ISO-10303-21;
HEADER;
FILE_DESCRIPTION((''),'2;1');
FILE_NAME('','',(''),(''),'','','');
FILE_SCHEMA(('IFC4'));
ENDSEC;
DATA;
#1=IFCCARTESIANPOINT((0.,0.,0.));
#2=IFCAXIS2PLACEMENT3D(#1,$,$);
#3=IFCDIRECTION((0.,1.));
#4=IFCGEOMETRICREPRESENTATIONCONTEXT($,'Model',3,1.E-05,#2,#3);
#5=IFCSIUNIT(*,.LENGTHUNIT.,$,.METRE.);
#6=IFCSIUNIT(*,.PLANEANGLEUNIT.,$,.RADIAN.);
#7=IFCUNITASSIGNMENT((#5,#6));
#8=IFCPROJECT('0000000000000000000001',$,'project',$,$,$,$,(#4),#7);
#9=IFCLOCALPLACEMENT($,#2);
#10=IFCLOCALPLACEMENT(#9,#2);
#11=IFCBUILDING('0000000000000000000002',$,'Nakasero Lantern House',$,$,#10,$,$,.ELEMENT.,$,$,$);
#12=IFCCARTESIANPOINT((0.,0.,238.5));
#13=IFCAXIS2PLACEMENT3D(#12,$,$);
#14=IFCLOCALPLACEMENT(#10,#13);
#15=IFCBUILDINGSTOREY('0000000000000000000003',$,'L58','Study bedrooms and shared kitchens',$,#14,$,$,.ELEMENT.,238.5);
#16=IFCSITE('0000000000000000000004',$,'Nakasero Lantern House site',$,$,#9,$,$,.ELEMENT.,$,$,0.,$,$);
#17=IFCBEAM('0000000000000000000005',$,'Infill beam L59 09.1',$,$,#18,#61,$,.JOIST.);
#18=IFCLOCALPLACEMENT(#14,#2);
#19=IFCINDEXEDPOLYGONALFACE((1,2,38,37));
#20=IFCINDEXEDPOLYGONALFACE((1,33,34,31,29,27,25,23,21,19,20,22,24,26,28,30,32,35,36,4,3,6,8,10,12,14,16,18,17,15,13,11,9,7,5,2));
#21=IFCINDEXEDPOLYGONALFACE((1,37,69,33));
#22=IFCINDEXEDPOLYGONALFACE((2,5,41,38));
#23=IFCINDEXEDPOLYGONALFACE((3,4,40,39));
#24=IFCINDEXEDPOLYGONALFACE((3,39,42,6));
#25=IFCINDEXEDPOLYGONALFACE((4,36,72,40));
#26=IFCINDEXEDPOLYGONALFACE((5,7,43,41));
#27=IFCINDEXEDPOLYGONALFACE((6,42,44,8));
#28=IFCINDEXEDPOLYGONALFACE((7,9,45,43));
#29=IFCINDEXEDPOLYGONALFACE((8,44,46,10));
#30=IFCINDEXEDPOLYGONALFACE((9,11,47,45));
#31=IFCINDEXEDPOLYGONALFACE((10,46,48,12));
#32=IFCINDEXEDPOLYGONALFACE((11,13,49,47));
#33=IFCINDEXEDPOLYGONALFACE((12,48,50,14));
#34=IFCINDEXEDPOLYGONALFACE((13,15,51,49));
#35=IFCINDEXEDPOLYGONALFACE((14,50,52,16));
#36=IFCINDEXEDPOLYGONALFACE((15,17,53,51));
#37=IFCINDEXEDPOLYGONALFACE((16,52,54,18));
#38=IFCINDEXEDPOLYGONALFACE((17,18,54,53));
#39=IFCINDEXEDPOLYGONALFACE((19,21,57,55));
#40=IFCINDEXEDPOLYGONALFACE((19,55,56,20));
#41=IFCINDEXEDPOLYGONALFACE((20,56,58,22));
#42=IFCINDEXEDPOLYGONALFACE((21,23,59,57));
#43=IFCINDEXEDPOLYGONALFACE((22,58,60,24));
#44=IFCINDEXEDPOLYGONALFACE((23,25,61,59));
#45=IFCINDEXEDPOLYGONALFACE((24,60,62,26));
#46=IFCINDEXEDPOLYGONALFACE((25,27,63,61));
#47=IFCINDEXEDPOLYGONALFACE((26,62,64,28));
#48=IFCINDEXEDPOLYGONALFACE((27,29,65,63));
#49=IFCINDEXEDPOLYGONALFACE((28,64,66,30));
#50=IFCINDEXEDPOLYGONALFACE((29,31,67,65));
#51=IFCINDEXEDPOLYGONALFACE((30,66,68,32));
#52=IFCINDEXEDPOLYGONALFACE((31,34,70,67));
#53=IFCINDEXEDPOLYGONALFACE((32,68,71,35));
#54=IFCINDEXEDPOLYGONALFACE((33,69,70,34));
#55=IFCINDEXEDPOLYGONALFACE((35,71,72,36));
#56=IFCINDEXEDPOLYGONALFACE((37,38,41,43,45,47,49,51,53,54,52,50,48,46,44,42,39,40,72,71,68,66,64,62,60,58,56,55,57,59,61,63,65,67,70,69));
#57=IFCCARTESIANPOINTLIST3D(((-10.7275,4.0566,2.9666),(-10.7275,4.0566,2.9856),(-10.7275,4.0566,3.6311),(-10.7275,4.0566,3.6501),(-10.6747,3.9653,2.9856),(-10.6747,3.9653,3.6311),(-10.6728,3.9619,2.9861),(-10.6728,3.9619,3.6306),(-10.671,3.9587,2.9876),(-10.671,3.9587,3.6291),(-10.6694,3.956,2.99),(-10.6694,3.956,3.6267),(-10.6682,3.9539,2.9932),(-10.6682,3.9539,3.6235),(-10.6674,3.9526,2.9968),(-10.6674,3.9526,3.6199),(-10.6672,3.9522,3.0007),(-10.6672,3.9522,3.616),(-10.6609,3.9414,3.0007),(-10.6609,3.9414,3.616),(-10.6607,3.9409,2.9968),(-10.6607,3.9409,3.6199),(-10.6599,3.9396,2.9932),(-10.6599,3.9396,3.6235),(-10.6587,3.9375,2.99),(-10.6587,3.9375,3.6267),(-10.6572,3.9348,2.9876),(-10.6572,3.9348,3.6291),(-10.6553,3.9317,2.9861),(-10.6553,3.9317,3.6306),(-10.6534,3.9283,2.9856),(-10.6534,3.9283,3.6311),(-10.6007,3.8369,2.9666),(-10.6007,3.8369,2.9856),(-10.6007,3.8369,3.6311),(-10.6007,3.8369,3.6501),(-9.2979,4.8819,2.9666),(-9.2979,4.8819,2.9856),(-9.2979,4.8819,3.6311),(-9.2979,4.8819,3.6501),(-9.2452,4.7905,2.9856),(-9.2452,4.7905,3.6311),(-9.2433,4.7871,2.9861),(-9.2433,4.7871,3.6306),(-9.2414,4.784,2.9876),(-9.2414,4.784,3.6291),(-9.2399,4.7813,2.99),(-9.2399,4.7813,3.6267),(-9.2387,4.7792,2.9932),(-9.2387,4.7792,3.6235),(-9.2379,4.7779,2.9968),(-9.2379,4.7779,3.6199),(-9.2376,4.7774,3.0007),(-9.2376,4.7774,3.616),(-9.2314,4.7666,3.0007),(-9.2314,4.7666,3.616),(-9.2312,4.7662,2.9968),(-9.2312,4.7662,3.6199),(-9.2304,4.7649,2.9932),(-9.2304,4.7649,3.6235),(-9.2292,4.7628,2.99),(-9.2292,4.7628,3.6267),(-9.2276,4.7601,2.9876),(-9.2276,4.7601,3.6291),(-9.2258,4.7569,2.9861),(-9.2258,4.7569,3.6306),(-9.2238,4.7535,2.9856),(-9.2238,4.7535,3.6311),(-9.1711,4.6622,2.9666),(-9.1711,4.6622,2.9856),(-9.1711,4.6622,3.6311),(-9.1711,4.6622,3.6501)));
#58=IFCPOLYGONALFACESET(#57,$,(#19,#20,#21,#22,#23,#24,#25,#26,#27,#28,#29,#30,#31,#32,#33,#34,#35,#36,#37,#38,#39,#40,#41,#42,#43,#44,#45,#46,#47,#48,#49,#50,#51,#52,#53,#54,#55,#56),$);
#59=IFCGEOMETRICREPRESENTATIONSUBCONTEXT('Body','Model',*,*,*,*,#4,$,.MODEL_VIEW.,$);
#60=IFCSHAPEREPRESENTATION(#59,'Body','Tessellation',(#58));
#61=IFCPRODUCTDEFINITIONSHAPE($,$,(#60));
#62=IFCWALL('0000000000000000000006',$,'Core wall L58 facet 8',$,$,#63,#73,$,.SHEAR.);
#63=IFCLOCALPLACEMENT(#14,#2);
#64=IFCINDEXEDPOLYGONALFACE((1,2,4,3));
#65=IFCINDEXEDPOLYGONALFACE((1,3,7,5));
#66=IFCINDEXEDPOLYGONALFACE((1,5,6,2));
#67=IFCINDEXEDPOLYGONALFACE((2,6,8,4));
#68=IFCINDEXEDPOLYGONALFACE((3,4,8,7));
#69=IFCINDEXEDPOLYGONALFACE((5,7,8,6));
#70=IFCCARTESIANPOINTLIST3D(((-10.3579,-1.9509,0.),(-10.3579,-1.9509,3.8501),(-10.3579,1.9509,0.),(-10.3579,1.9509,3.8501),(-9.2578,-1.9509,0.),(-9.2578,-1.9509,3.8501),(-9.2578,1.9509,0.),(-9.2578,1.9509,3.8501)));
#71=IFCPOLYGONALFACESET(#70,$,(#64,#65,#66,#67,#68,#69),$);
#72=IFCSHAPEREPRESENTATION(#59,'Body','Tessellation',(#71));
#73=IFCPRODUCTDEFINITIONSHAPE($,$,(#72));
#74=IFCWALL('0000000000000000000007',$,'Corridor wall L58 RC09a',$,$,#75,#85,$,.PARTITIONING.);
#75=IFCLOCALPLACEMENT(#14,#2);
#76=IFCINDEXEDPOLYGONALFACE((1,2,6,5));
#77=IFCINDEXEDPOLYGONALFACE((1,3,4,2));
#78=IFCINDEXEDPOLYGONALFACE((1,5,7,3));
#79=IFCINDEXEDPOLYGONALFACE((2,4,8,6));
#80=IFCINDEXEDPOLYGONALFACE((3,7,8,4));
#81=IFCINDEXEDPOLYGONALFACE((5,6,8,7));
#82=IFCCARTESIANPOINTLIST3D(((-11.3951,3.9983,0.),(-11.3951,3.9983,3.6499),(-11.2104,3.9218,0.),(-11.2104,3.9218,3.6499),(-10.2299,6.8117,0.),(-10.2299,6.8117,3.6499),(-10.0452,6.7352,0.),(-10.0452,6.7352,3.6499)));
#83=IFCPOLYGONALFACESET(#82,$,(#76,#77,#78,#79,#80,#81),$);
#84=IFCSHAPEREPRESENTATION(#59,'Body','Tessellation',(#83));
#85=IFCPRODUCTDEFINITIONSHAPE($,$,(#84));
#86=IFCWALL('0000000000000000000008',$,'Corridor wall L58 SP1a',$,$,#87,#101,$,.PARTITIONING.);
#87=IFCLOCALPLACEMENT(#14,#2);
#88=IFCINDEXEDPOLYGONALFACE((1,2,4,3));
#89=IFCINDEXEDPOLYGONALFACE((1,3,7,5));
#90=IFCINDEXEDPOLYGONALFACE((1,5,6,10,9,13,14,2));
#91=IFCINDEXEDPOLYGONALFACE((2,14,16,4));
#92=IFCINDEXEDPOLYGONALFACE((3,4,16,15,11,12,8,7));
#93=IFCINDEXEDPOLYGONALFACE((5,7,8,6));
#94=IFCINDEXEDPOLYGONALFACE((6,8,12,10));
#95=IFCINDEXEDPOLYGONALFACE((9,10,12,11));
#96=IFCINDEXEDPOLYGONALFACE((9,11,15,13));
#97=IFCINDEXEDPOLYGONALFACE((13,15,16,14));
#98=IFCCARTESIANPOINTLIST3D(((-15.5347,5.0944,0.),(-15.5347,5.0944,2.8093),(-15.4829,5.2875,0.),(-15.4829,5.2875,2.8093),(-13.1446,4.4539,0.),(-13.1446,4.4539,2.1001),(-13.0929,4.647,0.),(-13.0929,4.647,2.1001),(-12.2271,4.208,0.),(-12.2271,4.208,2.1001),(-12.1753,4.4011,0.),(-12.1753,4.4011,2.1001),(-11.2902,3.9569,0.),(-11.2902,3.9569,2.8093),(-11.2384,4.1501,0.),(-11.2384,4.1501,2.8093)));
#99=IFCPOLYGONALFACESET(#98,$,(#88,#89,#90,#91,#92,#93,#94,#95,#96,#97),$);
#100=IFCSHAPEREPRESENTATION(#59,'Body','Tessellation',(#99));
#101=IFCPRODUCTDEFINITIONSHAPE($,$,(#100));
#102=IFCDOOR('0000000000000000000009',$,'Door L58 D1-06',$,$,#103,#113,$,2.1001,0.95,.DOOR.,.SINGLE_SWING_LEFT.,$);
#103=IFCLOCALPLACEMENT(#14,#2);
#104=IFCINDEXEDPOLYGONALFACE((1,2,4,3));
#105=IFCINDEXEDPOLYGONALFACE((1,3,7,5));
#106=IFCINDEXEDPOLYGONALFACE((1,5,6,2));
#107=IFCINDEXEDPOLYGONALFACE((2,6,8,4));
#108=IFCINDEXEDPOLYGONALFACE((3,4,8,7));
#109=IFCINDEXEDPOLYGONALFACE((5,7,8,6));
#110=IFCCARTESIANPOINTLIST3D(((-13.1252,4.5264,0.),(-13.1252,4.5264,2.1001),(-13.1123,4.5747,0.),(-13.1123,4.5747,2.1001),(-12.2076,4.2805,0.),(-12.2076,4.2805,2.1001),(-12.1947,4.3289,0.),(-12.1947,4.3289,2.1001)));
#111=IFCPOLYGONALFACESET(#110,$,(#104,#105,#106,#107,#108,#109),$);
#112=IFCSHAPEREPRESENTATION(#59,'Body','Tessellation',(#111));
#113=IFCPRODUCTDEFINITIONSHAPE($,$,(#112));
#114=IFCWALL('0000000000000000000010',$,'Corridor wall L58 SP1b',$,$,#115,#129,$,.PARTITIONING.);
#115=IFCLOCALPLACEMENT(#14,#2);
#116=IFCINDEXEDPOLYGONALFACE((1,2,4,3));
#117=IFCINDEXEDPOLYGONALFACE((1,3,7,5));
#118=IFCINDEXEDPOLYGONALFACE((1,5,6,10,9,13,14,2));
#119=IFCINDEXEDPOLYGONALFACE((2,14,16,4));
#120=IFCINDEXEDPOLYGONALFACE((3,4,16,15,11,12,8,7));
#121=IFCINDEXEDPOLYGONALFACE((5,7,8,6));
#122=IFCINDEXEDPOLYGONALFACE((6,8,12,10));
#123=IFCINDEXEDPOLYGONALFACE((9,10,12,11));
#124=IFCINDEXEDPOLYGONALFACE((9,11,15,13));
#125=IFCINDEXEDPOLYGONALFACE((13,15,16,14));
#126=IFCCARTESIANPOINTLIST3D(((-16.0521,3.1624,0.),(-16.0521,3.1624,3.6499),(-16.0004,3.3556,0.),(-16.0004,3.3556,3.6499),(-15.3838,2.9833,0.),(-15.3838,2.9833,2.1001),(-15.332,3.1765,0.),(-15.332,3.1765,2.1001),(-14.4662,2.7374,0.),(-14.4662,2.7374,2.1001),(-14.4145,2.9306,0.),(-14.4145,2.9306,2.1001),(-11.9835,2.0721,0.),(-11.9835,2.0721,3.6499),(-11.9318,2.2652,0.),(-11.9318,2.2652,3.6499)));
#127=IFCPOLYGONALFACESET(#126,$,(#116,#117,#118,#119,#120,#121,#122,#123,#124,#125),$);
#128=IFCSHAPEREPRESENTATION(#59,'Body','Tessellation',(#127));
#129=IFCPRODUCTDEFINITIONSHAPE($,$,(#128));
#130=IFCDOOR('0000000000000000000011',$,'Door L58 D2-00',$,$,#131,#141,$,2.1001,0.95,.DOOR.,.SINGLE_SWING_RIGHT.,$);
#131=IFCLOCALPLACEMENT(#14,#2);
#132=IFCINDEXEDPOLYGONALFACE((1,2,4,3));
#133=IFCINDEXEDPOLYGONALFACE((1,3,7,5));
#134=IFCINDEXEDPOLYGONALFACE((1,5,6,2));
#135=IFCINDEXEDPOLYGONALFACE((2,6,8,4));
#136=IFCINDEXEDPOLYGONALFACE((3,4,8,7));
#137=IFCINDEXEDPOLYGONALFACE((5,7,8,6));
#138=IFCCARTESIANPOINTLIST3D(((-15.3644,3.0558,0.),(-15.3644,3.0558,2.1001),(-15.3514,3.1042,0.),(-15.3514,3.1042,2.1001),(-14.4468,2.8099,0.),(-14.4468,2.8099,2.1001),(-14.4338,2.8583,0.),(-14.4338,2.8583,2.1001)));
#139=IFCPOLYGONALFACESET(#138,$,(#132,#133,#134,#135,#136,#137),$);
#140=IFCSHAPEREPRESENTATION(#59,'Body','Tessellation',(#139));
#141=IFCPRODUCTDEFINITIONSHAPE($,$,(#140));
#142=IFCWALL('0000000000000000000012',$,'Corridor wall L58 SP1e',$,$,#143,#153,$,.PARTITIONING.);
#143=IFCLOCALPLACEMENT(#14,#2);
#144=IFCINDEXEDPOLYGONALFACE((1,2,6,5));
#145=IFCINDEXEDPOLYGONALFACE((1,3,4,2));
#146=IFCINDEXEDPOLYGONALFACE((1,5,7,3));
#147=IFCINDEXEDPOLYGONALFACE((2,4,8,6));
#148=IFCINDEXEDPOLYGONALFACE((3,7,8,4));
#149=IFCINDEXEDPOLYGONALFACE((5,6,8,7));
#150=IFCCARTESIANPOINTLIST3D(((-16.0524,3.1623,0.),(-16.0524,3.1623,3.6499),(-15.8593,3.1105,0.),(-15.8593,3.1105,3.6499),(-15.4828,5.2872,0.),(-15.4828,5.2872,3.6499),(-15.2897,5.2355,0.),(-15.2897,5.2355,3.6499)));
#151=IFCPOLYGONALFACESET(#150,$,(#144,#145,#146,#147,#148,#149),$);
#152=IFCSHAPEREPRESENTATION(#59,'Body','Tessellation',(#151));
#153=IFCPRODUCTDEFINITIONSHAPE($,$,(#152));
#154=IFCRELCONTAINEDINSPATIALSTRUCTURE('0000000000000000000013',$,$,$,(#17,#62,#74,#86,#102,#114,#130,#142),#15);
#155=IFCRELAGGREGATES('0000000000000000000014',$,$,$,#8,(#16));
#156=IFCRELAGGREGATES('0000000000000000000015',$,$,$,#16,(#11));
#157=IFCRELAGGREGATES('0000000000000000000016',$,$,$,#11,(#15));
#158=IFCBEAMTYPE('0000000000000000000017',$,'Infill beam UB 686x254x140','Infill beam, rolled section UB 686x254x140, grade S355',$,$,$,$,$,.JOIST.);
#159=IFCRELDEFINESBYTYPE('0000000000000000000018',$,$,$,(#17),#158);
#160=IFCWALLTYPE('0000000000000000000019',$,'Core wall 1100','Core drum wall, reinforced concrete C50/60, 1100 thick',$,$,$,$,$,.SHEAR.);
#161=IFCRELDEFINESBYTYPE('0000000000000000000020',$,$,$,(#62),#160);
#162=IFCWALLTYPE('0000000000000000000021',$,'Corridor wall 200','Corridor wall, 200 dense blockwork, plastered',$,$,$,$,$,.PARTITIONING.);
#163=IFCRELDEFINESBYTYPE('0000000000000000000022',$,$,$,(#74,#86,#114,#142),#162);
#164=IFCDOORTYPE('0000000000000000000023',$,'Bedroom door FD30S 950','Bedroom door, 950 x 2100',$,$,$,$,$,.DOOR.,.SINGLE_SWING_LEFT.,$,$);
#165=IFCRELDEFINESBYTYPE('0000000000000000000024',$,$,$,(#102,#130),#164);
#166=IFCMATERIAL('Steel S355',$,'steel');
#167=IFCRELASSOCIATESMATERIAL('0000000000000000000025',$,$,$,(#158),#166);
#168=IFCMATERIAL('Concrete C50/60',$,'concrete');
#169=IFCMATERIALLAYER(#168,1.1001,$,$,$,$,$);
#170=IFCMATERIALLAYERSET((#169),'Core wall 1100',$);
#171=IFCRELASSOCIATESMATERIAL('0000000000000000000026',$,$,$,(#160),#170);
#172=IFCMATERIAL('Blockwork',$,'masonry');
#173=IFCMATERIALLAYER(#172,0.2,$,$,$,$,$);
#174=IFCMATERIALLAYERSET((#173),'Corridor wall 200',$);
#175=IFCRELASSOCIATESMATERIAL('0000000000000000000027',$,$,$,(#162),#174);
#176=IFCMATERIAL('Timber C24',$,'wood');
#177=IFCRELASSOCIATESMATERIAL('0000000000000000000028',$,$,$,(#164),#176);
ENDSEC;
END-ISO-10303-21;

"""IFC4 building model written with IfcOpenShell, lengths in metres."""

from ifc_helpers import new_model, si_unit, direction, frame, frame_2d, origin, origin_2d, place, context, subcontext, project, spatial, rectangle, i_section, extrude, material, layer, layer_set, material_profile, profile_set, type_object, element, fill, save


model = new_model("IFC4")

# Units and contexts
model_context = context("Model", 3, precision=1e-05, world=origin(), true_north=direction((0.0, 1.0)))
body_context = subcontext(model_context, "Body", "Model", "MODEL_VIEW")
ifc_project = project(units=[si_unit("LENGTHUNIT", "METRE"), si_unit("PLANEANGLEUNIT", "RADIAN")], contexts=[model_context])

# Site, building, storey
site_placement = place(None, origin())
site = spatial("IfcSite", under=ifc_project, at=site_placement, Name="Nakasero Lantern House site", CompositionType="ELEMENT", RefElevation=0.0)
building_placement = place(site_placement, origin())
building = spatial("IfcBuilding", under=site, at=building_placement, Name="Nakasero Lantern House", CompositionType="ELEMENT")
storey_placement = place(building_placement, frame((0.0, 0.0, 238.5)))
storey = spatial("IfcBuildingStorey", under=building, at=storey_placement, Name="L58", Description="Study bedrooms and shared kitchens", CompositionType="ELEMENT", Elevation=238.5)

# Beam
ifc_material_1 = material(Name="Steel S355", Category="steel")
ifc_material_profile = material_profile(ifc_material_1, i_section(OverallWidth=0.2537, OverallDepth=0.6836, WebThickness=0.0125, FlangeThickness=0.019, FilletRadius=0.0151, at=origin_2d()), Name="UB 686x254x140")
ifc_profile_set = profile_set([ifc_material_profile], Name="Steel S355")
beam_type = type_object("IfcBeamType", Name="Infill beam UB 686x254x140", Description="Infill beam, rolled section UB 686x254x140, grade S355", PredefinedType="JOIST", material=ifc_profile_set)
beam_placement = place(storey_placement, frame((-10.6641, 3.9468, 3.3083), z_axis=(0.86605, 0.499957, 0.0), x_axis=(-0.499957, 0.86605, 0.0)))
element("IfcBeam", 1, at=beam_placement, inside=storey, type_object=beam_type, Name="Infill beam L59 09.1", PredefinedType="JOIST", context=body_context, shape_type="SweptSolid", body=[
    extrude(i_section(OverallWidth=0.2537, OverallDepth=0.6836, WebThickness=0.0125, FlangeThickness=0.019, FilletRadius=0.0151, at=origin_2d()), origin(), (0.0, 0.0, 1.0), 1.6506),
])

# Walls
ifc_material_2 = material(Name="Concrete C50/60", Category="concrete")
ifc_layer_1 = layer(ifc_material_2, 1.1001)
ifc_layer_set_1 = layer_set([ifc_layer_1], Name="Core wall 1100")
wall_type_1 = type_object("IfcWallType", Name="Core wall 1100", Description="Core drum wall, reinforced concrete C50/60, 1100 thick", PredefinedType="SHEAR", material=ifc_layer_set_1)
wall_1_placement = place(storey_placement, frame((-9.8079, 1.9509, 0.0), z_axis=(0.0, 0.0, 1.0), x_axis=(0.0, -1.0, 0.0)))
element("IfcWall", 2, at=wall_1_placement, inside=storey, type_object=wall_type_1, Name="Core wall L58 facet 8", PredefinedType="SHEAR", context=body_context, shape_type="SweptSolid", body=[
    extrude(rectangle(XDim=3.9019, YDim=1.1001, at=frame_2d((1.9509, 0.0))), origin(), (0.0, 0.0, 1.0), 3.8501),
])
ifc_material_3 = material(Name="Blockwork", Category="masonry")
ifc_layer_2 = layer(ifc_material_3, 0.2)
ifc_layer_set_2 = layer_set([ifc_layer_2], Name="Corridor wall 200")
wall_type_2 = type_object("IfcWallType", Name="Corridor wall 200", Description="Corridor wall, 200 dense blockwork, plastered", PredefinedType="PARTITIONING", material=ifc_layer_set_2)
wall_2_placement = place(storey_placement, frame((-11.3027, 3.9602, 0.0), z_axis=(0.0, 0.0, 1.0), x_axis=(0.382656, 0.923891, 0.0)))
element("IfcWall", 3, at=wall_2_placement, inside=storey, type_object=wall_type_2, Name="Corridor wall L58 RC09a", PredefinedType="PARTITIONING", context=body_context, shape_type="SweptSolid", body=[
    extrude(rectangle(XDim=3.0452, YDim=0.2, at=frame_2d((1.5225, 0.0))), origin(), (0.0, 0.0, 1.0), 3.6499),
])

# Walls, openings, doors
wall_3_placement = place(storey_placement, frame((-11.2642, 4.0535, 0.0), z_axis=(0.0, 0.0, 1.0), x_axis=(-0.96592, 0.258842, 0.0)))
wall_3 = element("IfcWall", 4, at=wall_3_placement, inside=storey, type_object=wall_type_2, Name="Corridor wall L58 SP1a", PredefinedType="PARTITIONING", context=body_context, shape_type="SweptSolid", body=[
    extrude(rectangle(XDim=4.3943, YDim=0.2, at=frame_2d((2.1973, 0.0))), origin(), (0.0, 0.0, 1.0), 2.8093),
])
opening_1_placement = place(wall_3_placement, frame((0.97, 0.0, 0.0)))
opening_1 = element("IfcOpeningElement", 5, at=opening_1_placement, cuts=wall_3, PredefinedType="OPENING", context=body_context, shape_type="SweptSolid", body=[
    extrude(rectangle(XDim=0.95, YDim=2.1001, at=frame_2d((0.4751, 1.05))), frame((0.0, 0.1199, 0.0), z_axis=(0.0, -1.0, 0.0), x_axis=(1.0, 0.0, 0.0)), (0.0, 0.0, 1.0), 0.24),
])
ifc_material_4 = material(Name="Timber C24", Category="wood")
door_type_1 = type_object("IfcDoorType", Name="Bedroom door FD30S 950", Description="Bedroom door, 950 x 2100", OperationType="SINGLE_SWING_LEFT", PredefinedType="DOOR", material=ifc_material_4)
door_1_placement = place(opening_1_placement, origin())
door_1 = element("IfcDoor", 6, at=door_1_placement, inside=storey, type_object=door_type_1, Name="Door L58 D1-06", OperationType="SINGLE_SWING_LEFT", OverallHeight=2.1001, OverallWidth=0.95, PredefinedType="DOOR", context=body_context, shape_type="SweptSolid", body=[
    extrude(rectangle(XDim=0.95, YDim=2.1001, at=frame_2d((0.4751, 1.05))), frame((0.0, 0.0249, 0.0), z_axis=(0.0, -1.0, 0.0), x_axis=(1.0, 0.0, 0.0)), (0.0, 0.0, 1.0), 0.05),
])
fill(opening_1, door_1)
wall_4_placement = place(storey_placement, frame((-11.9578, 2.1687, 0.0), z_axis=(0.0, 0.0, 1.0), x_axis=(-0.965917, 0.258853, 0.0)))
wall_4 = element("IfcWall", 7, at=wall_4_placement, inside=storey, type_object=wall_type_2, Name="Corridor wall L58 SP1b", PredefinedType="PARTITIONING", context=body_context, shape_type="SweptSolid", body=[
    extrude(rectangle(XDim=4.2122, YDim=0.2, at=frame_2d((2.106, 0.0))), origin(), (0.0, 0.0, 1.0), 3.6499),
])
opening_2_placement = place(wall_4_placement, frame((2.5701, 0.0, 0.0)))
opening_2 = element("IfcOpeningElement", 8, at=opening_2_placement, cuts=wall_4, PredefinedType="OPENING", context=body_context, shape_type="SweptSolid", body=[
    extrude(rectangle(XDim=0.95, YDim=2.1001, at=frame_2d((0.4751, 1.05))), frame((0.0, 0.1199, 0.0), z_axis=(0.0, -1.0, 0.0), x_axis=(1.0, 0.0, 0.0)), (0.0, 0.0, 1.0), 0.24),
])
door_2_placement = place(opening_2_placement, origin())
door_2 = element("IfcDoor", 9, at=door_2_placement, inside=storey, type_object=door_type_1, Name="Door L58 D2-00", OperationType="SINGLE_SWING_RIGHT", OverallHeight=2.1001, OverallWidth=0.95, PredefinedType="DOOR", context=body_context, shape_type="SweptSolid", body=[
    extrude(rectangle(XDim=0.95, YDim=2.1001, at=frame_2d((0.4751, 1.05))), frame((0.0, 0.0249, 0.0), z_axis=(0.0, -1.0, 0.0), x_axis=(1.0, 0.0, 0.0)), (0.0, 0.0, 1.0), 0.05),
])
fill(opening_2, door_2)

# Wall
wall_5_placement = place(storey_placement, frame((-15.3862, 5.2615, 0.0), z_axis=(0.0, 0.0, 1.0), x_axis=(-0.258899, -0.965904, 0.0)))
element("IfcWall", 10, at=wall_5_placement, inside=storey, type_object=wall_type_2, Name="Corridor wall L58 SP1e", PredefinedType="PARTITIONING", context=body_context, shape_type="SweptSolid", body=[
    extrude(rectangle(XDim=2.2, YDim=0.2, at=frame_2d((1.1001, 0.0))), origin(), (0.0, 0.0, 1.0), 3.6499),
])

save(model, "model.ifc")
